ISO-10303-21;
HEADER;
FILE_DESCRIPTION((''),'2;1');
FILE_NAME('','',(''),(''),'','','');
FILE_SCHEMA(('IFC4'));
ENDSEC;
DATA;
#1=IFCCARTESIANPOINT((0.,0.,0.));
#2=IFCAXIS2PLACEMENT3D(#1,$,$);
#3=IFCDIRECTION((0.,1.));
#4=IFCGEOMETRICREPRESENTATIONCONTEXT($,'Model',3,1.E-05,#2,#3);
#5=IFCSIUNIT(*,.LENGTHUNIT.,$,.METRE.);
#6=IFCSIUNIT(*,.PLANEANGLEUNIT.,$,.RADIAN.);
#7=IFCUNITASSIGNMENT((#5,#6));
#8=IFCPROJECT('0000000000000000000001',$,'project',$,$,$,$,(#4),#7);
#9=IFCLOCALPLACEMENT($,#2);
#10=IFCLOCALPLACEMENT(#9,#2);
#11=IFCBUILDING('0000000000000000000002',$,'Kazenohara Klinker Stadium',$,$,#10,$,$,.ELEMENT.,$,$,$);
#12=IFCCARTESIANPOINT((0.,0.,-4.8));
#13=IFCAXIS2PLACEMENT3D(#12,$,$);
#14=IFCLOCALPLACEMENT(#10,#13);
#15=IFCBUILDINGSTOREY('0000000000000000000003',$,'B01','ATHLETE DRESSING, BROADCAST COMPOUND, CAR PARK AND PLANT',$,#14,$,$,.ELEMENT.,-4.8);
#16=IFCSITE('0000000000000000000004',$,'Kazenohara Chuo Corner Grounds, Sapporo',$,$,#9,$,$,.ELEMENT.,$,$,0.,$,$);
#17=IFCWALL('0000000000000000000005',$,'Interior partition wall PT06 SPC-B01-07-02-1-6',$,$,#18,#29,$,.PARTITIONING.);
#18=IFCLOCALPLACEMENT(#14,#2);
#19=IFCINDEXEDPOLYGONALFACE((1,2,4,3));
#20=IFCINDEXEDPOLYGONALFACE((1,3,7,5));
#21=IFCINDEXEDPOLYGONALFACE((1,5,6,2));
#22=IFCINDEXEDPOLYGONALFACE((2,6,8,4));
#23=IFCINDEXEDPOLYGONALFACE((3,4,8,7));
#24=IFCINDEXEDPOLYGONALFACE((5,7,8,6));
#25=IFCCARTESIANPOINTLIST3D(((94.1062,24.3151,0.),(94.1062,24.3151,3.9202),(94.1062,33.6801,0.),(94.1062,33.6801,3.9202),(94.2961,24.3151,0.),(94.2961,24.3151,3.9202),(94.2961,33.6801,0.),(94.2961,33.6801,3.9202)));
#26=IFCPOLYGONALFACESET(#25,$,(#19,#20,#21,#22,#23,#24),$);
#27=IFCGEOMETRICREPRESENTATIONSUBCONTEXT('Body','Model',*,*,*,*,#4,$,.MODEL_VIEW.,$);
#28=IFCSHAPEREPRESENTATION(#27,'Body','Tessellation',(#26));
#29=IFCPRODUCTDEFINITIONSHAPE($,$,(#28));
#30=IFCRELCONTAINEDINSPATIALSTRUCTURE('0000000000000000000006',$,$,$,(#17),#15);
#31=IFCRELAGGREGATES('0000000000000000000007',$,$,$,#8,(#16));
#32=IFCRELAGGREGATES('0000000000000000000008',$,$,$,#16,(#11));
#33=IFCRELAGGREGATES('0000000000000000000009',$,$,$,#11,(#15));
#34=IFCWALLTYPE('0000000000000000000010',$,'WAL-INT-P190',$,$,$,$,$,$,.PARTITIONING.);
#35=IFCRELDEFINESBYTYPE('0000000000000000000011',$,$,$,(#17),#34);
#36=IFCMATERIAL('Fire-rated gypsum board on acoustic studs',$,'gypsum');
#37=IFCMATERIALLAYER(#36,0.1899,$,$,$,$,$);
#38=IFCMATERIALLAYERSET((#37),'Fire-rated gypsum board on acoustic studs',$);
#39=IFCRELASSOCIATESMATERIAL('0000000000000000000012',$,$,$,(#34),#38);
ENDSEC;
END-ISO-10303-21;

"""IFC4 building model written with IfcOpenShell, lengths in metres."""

from ifc_helpers import new_model, si_unit, direction, frame, frame_2d, origin, place, context, subcontext, project, spatial, rectangle, extrude, material, layer, layer_set, type_object, element, save


model = new_model("IFC4")

# Units and contexts
model_context = context("Model", 3, precision=1e-05, world=origin(), true_north=direction((0.0, 1.0)))
body_context = subcontext(model_context, "Body", "Model", "MODEL_VIEW")
ifc_project = project(units=[si_unit("LENGTHUNIT", "METRE"), si_unit("PLANEANGLEUNIT", "RADIAN")], contexts=[model_context])

# Site, building, storey
site_placement = place(None, origin())
site = spatial("IfcSite", under=ifc_project, at=site_placement, Name="Kazenohara Chuo Corner Grounds, Sapporo", CompositionType="ELEMENT", RefElevation=0.0)
building_placement = place(site_placement, origin())
building = spatial("IfcBuilding", under=site, at=building_placement, Name="Kazenohara Klinker Stadium", CompositionType="ELEMENT")
storey_placement = place(building_placement, frame((0.0, 0.0, -4.8)))
storey = spatial("IfcBuildingStorey", under=building, at=storey_placement, Name="B01", Description="ATHLETE DRESSING, BROADCAST COMPOUND, CAR PARK AND PLANT", CompositionType="ELEMENT", Elevation=-4.8)

# Shared definitions
ifc_material_1 = material(Name="Fire-rated gypsum board on acoustic studs", Category="gypsum")

# Wall
ifc_layer_1 = layer(ifc_material_1, 0.1899)
ifc_layer_set_1 = layer_set([ifc_layer_1], Name="Fire-rated gypsum board on acoustic studs")
wall_type_1 = type_object("IfcWallType", Name="WAL-INT-P190", PredefinedType="PARTITIONING", material=ifc_layer_set_1)
wall_1_placement = place(storey_placement, frame((94.2012, 24.3149, 0.0), z_axis=(0.0, 0.0, 1.0), x_axis=(0.0, 1.0, 0.0)))
element("IfcWall", 1, at=wall_1_placement, inside=storey, type_object=wall_type_1, Name="Interior partition wall PT06 SPC-B01-07-02-1-6", PredefinedType="PARTITIONING", context=body_context, shape_type="SweptSolid", body=[
    extrude(rectangle(XDim=9.365, YDim=0.1899, at=frame_2d((4.6826, 0.0))), origin(), (0.0, 0.0, 1.0), 3.9202),
])

save(model, "model.ifc")
